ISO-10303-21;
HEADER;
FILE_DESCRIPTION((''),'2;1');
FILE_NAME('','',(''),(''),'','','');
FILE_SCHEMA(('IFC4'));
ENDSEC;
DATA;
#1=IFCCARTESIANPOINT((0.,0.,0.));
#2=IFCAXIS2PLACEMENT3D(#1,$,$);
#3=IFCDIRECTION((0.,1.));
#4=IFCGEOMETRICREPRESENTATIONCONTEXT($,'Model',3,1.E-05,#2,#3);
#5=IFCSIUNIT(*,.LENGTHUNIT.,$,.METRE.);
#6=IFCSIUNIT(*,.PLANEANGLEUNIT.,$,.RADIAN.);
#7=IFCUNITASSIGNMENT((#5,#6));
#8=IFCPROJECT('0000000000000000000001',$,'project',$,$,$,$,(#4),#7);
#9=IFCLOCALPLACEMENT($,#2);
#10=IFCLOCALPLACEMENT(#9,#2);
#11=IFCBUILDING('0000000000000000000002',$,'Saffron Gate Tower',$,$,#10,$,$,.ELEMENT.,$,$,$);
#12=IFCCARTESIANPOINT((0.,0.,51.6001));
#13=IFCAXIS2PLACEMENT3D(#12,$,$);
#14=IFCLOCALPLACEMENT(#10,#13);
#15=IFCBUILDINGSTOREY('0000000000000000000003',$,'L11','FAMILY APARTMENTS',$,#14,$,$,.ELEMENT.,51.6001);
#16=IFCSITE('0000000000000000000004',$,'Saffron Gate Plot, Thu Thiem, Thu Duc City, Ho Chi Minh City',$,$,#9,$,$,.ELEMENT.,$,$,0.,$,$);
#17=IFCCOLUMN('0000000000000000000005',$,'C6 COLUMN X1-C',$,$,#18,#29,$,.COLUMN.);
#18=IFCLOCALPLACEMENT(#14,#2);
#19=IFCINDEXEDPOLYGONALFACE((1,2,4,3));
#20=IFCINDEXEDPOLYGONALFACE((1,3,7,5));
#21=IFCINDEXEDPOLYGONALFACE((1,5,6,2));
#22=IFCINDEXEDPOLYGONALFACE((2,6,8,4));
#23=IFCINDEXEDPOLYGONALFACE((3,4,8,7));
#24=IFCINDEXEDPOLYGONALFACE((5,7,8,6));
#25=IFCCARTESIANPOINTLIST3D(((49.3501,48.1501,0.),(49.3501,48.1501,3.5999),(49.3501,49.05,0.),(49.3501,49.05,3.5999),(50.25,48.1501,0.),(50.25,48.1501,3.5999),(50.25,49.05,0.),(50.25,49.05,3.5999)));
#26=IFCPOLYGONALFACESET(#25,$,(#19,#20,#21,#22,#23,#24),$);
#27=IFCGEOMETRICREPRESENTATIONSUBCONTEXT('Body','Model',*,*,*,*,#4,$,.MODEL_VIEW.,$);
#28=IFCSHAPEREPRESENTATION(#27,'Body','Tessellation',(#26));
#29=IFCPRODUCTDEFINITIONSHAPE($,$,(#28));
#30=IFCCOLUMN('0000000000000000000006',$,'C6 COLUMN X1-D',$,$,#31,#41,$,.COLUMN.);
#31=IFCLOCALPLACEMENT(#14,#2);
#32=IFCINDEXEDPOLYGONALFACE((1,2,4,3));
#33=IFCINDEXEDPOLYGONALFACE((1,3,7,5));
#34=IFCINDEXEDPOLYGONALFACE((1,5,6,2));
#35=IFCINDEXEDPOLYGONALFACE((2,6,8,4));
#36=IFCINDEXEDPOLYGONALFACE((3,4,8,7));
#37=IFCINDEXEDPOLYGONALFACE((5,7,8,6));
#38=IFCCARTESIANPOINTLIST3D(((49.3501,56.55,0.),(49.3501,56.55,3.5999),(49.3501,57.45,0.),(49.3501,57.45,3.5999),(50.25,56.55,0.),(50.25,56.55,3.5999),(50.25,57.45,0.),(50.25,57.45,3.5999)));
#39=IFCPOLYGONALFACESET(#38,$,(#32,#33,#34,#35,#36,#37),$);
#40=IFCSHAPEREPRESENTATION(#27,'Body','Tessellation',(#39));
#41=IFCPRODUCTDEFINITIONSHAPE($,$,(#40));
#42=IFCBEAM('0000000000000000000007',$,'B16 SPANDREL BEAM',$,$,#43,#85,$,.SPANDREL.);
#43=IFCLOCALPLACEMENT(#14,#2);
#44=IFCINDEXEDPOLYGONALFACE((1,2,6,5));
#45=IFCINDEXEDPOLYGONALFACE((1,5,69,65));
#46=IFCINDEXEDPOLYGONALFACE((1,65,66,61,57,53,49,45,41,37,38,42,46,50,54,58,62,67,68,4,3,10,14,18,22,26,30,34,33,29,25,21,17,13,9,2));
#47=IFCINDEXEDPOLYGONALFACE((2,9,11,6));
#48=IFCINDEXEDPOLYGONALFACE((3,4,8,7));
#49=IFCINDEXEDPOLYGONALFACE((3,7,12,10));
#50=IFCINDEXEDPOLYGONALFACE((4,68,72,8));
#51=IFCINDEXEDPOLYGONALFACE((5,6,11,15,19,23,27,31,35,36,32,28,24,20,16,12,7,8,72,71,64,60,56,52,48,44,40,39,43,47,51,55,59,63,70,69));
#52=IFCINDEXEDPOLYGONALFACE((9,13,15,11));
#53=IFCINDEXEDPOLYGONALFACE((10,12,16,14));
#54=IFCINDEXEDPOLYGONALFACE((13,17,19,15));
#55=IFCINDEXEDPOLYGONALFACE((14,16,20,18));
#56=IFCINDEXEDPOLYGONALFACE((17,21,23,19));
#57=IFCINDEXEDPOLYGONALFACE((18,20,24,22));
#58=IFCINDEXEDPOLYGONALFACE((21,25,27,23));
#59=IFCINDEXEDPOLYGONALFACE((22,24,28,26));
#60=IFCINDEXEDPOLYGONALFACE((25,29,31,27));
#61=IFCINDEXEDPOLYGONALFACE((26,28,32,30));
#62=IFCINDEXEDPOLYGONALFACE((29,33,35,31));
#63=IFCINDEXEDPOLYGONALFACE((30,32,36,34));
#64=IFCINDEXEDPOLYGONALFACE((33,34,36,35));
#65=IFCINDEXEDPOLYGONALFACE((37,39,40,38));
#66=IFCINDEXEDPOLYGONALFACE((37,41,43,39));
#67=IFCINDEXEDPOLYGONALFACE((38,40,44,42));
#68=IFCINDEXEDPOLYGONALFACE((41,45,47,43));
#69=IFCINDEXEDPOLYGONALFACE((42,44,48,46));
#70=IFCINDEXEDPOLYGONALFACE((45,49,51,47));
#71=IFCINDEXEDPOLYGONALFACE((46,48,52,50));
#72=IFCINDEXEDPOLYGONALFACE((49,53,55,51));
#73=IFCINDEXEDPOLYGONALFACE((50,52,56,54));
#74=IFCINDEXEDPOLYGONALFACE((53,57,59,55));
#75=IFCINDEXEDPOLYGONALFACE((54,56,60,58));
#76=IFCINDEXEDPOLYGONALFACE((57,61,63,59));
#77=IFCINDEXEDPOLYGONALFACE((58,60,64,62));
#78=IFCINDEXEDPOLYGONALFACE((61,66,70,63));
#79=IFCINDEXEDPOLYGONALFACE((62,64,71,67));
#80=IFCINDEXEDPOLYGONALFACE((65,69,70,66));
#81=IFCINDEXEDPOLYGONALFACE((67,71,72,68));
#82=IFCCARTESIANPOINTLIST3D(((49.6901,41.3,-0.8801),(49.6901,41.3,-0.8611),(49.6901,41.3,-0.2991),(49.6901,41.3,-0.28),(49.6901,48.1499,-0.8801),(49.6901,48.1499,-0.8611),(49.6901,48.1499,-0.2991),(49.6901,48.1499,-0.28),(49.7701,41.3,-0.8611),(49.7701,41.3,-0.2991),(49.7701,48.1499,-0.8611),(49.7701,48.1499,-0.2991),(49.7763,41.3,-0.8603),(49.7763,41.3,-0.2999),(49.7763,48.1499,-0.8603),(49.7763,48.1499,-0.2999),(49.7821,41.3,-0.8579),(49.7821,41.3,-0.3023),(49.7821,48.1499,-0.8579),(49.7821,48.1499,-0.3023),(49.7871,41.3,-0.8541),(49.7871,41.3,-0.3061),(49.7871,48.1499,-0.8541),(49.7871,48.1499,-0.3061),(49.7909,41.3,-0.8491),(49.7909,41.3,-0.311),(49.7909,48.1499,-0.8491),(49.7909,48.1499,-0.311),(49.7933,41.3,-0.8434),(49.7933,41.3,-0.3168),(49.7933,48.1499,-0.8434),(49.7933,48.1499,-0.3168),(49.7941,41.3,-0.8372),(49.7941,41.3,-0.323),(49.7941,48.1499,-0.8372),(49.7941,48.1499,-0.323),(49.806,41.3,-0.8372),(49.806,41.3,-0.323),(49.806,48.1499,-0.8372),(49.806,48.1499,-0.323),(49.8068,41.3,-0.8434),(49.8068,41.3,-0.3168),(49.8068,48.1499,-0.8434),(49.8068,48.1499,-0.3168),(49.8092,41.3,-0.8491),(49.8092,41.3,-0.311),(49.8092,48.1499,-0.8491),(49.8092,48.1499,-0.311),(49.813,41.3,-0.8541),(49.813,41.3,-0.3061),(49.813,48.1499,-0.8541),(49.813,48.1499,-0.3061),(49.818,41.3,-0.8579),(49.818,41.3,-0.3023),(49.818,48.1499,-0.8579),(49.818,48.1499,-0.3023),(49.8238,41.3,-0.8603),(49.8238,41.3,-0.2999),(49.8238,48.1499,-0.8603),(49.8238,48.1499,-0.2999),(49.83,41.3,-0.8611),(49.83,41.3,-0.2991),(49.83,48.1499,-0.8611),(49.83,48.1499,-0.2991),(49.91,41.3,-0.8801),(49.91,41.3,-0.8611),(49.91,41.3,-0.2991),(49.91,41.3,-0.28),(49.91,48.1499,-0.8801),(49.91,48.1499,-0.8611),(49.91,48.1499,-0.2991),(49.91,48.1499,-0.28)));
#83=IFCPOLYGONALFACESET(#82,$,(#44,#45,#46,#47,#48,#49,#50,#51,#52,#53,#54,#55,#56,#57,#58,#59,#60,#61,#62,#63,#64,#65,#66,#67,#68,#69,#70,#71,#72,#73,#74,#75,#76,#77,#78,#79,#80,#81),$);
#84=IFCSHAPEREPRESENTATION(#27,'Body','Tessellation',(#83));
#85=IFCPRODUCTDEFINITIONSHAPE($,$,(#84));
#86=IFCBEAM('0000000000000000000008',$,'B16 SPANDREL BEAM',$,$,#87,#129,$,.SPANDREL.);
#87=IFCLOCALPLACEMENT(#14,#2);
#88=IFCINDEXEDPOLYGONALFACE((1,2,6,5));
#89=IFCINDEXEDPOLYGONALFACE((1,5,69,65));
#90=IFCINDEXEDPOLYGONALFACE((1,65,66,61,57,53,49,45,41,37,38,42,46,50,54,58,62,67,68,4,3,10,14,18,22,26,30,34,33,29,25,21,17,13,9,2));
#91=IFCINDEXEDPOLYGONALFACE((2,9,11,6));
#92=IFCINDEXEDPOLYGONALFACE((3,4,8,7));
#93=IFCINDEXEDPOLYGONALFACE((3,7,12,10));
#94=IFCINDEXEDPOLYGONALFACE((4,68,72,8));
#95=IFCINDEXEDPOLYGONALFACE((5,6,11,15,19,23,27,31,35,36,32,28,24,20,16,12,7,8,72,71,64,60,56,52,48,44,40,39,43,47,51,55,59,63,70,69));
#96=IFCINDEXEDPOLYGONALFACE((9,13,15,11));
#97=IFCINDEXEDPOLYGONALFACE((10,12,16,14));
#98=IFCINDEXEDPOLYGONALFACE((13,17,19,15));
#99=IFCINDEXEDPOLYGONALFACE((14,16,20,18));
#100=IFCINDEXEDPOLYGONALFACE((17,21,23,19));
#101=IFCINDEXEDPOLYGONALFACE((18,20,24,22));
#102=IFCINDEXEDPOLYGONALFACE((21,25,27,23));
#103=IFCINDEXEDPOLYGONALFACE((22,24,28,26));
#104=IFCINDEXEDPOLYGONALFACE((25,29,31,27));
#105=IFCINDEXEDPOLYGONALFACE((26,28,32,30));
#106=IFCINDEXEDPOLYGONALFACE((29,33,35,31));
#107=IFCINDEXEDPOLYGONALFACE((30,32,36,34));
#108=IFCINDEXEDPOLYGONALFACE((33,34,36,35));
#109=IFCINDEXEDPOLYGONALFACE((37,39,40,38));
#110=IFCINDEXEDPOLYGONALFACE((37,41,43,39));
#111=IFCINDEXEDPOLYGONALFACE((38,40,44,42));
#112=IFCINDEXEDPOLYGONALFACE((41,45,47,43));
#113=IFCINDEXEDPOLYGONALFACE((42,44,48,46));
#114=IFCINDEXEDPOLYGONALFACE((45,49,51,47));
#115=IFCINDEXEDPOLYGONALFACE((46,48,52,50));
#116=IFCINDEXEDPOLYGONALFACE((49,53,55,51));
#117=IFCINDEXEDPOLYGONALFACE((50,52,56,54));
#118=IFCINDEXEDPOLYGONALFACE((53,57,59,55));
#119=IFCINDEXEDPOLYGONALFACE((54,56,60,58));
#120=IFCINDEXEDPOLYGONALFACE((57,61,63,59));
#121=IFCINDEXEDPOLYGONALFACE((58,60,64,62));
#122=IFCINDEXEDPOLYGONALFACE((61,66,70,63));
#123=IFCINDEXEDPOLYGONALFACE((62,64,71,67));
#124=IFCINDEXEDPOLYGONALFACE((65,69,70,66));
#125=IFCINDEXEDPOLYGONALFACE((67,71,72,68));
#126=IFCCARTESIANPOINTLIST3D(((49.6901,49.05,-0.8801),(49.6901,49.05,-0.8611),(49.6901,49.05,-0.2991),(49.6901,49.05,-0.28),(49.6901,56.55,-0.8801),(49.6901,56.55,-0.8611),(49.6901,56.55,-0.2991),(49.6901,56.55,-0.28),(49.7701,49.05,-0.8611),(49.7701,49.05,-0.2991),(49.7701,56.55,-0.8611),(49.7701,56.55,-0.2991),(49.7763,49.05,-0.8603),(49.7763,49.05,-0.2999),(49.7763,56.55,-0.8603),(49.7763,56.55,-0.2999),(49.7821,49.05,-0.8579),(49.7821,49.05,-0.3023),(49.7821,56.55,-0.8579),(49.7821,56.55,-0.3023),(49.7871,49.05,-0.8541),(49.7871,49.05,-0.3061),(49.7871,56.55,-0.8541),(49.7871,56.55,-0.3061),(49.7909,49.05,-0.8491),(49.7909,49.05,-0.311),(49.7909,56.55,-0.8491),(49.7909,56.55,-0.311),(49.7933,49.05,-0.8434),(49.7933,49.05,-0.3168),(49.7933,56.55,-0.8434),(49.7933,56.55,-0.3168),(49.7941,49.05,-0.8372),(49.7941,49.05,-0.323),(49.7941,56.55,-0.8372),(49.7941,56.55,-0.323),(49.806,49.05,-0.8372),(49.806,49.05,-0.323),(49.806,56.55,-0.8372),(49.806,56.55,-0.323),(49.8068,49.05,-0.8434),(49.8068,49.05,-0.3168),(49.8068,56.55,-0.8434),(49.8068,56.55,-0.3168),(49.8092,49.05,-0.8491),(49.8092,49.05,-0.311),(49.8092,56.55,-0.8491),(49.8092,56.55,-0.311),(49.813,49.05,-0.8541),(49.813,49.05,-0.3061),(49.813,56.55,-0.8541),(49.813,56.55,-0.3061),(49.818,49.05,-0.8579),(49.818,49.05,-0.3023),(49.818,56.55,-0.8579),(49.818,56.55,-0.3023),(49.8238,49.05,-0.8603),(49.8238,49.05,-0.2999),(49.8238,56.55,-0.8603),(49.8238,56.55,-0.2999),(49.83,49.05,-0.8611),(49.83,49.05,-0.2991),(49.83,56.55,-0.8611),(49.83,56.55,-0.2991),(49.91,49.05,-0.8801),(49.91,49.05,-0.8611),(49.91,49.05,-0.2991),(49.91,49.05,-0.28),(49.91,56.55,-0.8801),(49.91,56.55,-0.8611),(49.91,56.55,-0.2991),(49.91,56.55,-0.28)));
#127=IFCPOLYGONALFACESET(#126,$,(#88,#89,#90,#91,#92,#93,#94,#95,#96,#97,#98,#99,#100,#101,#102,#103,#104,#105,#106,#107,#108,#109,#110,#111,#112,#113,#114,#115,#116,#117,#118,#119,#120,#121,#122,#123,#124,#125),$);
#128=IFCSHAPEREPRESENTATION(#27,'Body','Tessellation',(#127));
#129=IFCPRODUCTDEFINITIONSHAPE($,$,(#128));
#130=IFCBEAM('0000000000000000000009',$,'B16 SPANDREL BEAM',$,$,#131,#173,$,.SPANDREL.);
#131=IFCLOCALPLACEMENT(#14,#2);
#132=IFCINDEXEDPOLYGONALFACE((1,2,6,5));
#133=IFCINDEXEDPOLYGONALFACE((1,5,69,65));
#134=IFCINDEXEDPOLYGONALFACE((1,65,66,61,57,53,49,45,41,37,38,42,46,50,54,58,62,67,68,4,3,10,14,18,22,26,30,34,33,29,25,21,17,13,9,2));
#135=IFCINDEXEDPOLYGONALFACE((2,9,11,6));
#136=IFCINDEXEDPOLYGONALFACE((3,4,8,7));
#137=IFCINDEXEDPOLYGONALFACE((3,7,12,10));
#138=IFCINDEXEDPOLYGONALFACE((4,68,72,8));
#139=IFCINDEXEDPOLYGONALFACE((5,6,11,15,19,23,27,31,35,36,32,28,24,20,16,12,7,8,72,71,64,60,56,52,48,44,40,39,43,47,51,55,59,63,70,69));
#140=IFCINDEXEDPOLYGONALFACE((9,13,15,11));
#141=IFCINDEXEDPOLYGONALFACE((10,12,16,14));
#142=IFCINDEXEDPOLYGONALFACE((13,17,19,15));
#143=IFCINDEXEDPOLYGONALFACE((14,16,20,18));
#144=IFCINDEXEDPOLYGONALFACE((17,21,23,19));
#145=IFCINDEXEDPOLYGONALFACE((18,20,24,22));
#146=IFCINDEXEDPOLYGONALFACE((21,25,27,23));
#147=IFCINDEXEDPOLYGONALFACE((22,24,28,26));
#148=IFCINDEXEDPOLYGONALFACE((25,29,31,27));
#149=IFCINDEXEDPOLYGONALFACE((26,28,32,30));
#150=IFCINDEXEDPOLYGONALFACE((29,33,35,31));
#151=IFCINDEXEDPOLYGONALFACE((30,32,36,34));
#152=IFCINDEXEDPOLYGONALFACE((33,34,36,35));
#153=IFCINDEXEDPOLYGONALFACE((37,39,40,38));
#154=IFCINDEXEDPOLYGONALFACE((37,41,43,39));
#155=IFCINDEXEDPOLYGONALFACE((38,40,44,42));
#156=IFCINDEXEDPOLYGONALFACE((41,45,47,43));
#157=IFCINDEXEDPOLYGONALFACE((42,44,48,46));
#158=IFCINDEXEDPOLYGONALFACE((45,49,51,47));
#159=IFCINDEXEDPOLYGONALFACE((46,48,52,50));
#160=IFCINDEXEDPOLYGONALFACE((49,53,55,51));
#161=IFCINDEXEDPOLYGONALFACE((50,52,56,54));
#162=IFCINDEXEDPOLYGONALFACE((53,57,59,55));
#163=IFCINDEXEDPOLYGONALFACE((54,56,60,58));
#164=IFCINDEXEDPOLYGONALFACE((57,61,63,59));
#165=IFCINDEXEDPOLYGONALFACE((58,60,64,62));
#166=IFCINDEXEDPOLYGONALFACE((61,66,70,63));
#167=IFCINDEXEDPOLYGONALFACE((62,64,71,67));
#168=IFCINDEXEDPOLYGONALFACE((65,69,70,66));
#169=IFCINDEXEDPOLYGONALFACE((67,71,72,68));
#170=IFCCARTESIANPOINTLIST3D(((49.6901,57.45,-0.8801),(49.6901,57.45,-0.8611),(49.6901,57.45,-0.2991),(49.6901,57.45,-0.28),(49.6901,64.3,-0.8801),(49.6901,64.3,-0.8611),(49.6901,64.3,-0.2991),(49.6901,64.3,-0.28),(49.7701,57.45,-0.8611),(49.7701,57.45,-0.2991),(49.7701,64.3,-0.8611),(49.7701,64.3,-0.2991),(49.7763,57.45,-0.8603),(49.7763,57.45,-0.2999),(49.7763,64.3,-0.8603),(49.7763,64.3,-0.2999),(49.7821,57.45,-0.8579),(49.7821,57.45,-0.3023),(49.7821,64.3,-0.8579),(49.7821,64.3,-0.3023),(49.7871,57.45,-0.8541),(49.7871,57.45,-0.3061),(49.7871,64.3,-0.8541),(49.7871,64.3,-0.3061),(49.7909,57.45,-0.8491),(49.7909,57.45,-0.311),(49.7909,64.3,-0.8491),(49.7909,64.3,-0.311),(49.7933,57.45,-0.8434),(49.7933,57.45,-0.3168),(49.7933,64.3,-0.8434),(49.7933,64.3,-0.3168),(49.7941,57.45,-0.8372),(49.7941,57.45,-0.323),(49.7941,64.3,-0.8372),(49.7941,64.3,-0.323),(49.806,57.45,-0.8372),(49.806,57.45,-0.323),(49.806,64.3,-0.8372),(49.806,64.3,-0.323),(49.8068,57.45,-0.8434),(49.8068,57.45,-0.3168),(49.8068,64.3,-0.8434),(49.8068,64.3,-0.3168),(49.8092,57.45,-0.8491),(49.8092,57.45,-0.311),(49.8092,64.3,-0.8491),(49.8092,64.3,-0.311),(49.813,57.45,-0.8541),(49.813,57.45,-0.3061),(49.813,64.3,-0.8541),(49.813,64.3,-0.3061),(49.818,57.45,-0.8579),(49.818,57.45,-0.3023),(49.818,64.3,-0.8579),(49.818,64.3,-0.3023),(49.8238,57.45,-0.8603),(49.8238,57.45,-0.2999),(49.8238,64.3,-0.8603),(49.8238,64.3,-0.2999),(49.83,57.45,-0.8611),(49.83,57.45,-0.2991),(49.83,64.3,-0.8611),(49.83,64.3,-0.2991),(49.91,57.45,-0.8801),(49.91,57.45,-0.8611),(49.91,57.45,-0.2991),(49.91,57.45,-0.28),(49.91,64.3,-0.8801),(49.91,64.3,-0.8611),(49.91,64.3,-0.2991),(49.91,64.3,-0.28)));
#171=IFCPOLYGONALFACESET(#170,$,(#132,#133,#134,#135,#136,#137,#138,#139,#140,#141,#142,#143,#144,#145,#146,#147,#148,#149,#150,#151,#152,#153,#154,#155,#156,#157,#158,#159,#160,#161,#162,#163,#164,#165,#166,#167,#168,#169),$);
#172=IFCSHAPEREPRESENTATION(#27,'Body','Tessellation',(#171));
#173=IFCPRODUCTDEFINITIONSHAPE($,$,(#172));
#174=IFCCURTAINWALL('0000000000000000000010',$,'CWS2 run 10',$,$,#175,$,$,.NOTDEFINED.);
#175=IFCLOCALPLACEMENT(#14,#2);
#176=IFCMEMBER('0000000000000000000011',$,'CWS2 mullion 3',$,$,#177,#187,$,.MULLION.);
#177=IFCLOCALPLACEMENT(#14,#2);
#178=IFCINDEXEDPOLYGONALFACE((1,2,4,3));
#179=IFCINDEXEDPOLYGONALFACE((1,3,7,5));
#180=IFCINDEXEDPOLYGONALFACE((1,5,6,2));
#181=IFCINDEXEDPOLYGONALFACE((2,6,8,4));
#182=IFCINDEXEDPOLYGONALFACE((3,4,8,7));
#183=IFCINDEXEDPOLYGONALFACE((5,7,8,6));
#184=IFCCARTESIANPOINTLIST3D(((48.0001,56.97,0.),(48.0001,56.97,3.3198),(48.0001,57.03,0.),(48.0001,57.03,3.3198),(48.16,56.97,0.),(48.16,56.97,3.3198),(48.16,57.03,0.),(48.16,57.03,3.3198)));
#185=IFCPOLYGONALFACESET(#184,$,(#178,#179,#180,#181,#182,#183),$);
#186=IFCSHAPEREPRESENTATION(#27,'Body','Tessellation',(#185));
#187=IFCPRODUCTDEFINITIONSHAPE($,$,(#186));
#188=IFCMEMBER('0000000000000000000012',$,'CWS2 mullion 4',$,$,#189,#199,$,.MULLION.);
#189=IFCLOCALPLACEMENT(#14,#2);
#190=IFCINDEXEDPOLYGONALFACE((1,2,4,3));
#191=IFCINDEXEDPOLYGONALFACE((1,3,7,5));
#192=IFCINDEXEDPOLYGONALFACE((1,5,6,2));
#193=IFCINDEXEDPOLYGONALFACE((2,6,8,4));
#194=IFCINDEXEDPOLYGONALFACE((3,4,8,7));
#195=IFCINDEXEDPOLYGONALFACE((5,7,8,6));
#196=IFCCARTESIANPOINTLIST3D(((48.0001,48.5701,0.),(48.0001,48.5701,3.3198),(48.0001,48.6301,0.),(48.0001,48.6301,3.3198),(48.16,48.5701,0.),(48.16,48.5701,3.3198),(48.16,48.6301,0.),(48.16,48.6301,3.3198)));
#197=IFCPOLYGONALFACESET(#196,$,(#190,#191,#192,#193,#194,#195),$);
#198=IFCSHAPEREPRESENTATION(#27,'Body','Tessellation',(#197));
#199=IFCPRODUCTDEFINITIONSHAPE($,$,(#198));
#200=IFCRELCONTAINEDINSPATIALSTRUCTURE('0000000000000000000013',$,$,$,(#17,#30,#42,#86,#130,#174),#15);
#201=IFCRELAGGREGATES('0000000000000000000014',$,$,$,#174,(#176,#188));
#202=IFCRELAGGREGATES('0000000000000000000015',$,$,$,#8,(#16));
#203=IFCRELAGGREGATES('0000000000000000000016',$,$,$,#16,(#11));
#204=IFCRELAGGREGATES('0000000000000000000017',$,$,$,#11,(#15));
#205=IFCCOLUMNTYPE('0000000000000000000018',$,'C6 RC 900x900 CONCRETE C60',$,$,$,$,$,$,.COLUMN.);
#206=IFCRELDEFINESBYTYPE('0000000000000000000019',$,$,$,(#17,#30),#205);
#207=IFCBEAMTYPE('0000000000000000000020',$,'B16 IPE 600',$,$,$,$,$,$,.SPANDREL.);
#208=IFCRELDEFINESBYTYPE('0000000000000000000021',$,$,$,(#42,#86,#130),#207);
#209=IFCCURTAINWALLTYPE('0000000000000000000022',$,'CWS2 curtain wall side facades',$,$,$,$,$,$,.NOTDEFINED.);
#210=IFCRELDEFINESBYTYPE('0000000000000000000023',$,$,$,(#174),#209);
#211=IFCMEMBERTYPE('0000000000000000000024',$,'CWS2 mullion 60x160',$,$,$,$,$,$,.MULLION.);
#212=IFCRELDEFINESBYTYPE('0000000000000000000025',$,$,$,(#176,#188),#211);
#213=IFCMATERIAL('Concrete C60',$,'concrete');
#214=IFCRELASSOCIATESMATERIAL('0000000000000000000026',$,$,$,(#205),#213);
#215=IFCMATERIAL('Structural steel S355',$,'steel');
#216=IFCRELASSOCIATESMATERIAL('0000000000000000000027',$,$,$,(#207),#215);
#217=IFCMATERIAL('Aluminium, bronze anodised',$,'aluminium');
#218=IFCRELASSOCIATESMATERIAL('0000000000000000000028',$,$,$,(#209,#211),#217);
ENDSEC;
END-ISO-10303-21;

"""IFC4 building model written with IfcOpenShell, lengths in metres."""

from ifc_helpers import new_model, si_unit, direction, frame, origin, origin_2d, place, context, subcontext, project, spatial, rectangle, i_section, extrude, material, material_profile, profile_set, type_object, element, aggregate, save


model = new_model("IFC4")

# Units and contexts
model_context = context("Model", 3, precision=1e-05, world=origin(), true_north=direction((0.0, 1.0)))
body_context = subcontext(model_context, "Body", "Model", "MODEL_VIEW")
ifc_project = project(units=[si_unit("LENGTHUNIT", "METRE"), si_unit("PLANEANGLEUNIT", "RADIAN")], contexts=[model_context])

# Site, building, storey
site_placement = place(None, origin())
site = spatial("IfcSite", under=ifc_project, at=site_placement, Name="Saffron Gate Plot, Thu Thiem, Thu Duc City, Ho Chi Minh City", CompositionType="ELEMENT", RefElevation=0.0)
building_placement = place(site_placement, origin())
building = spatial("IfcBuilding", under=site, at=building_placement, Name="Saffron Gate Tower", CompositionType="ELEMENT")
storey_placement = place(building_placement, frame((0.0, 0.0, 51.6001)))
storey = spatial("IfcBuildingStorey", under=building, at=storey_placement, Name="L11", Description="FAMILY APARTMENTS", CompositionType="ELEMENT", Elevation=51.6001)

# Columns
ifc_material_1 = material(Name="Concrete C60", Category="concrete")
ifc_material_profile_1 = material_profile(ifc_material_1, rectangle(XDim=0.8999, YDim=0.8999, at=origin_2d()))
ifc_profile_set_1 = profile_set([ifc_material_profile_1], Name="Concrete C60")
column_type = type_object("IfcColumnType", Name="C6 RC 900x900 CONCRETE C60", PredefinedType="COLUMN", material=ifc_profile_set_1)
for number, where, z_axis, x_axis, name in (
    (1, (49.8, 48.6001, 0.0), (0.0, 0.0, 1.0), (1.0, 0.0, 0.0), "C6 COLUMN X1-C"),
    (2, (49.8, 57.0, 0.0), (0.0, 0.0, 1.0), (1.0, 0.0, 0.0), "C6 COLUMN X1-D"),
):
    element("IfcColumn", number, at=place(storey_placement, frame(where, z_axis=z_axis, x_axis=x_axis)), inside=storey, type_object=column_type, Name=name, PredefinedType="COLUMN", context=body_context, shape_type="SweptSolid", body=[
        extrude(rectangle(XDim=0.8999, YDim=0.8999, at=origin_2d()), origin(), (0.0, 0.0, 1.0), 3.5999),
    ])

# Beams
ifc_material_2 = material(Name="Structural steel S355", Category="steel")
ifc_material_profile_2 = material_profile(ifc_material_2, i_section(OverallWidth=0.22, OverallDepth=0.6001, WebThickness=0.012, FlangeThickness=0.019, FilletRadius=0.0239, at=origin_2d()))
ifc_profile_set_2 = profile_set([ifc_material_profile_2], Name="Structural steel S355")
beam_type = type_object("IfcBeamType", Name="B16 IPE 600", PredefinedType="SPANDREL", material=ifc_profile_set_2)
beam_1_placement = place(storey_placement, frame((49.8, 41.3, -0.5801), z_axis=(0.0, 1.0, 0.0), x_axis=(-1.0, 0.0, 0.0)))
element("IfcBeam", 3, at=beam_1_placement, inside=storey, type_object=beam_type, Name="B16 SPANDREL BEAM", PredefinedType="SPANDREL", context=body_context, shape_type="SweptSolid", body=[
    extrude(i_section(OverallWidth=0.22, OverallDepth=0.6001, WebThickness=0.012, FlangeThickness=0.019, FilletRadius=0.0239, at=origin_2d()), origin(), (0.0, 0.0, 1.0), 6.8499),
])
beam_2_placement = place(storey_placement, frame((49.8, 49.05, -0.5801), z_axis=(0.0, 1.0, 0.0), x_axis=(-1.0, 0.0, 0.0)))
element("IfcBeam", 4, at=beam_2_placement, inside=storey, type_object=beam_type, Name="B16 SPANDREL BEAM", PredefinedType="SPANDREL", context=body_context, shape_type="SweptSolid", body=[
    extrude(i_section(OverallWidth=0.22, OverallDepth=0.6001, WebThickness=0.012, FlangeThickness=0.019, FilletRadius=0.0239, at=origin_2d()), origin(), (0.0, 0.0, 1.0), 7.5),
])
beam_3_placement = place(storey_placement, frame((49.8, 57.45, -0.5801), z_axis=(0.0, 1.0, 0.0), x_axis=(-1.0, 0.0, 0.0)))
element("IfcBeam", 5, at=beam_3_placement, inside=storey, type_object=beam_type, Name="B16 SPANDREL BEAM", PredefinedType="SPANDREL", context=body_context, shape_type="SweptSolid", body=[
    extrude(i_section(OverallWidth=0.22, OverallDepth=0.6001, WebThickness=0.012, FlangeThickness=0.019, FilletRadius=0.0239, at=origin_2d()), origin(), (0.0, 0.0, 1.0), 6.8501),
])

# Curtain wall, members
ifc_material_3 = material(Name="Aluminium, bronze anodised", Category="aluminium")
curtain_wall_type = type_object("IfcCurtainWallType", Name="CWS2 curtain wall side facades", PredefinedType="NOTDEFINED", material=ifc_material_3)
curtain_wall_placement = place(storey_placement, origin())
curtain_wall = element("IfcCurtainWall", 6, at=curtain_wall_placement, inside=storey, type_object=curtain_wall_type, Name="CWS2 run 10", PredefinedType="NOTDEFINED")
ifc_material_profile_3 = material_profile(ifc_material_3, rectangle(XDim=0.1599, YDim=0.0601, at=origin_2d()))
ifc_profile_set_3 = profile_set([ifc_material_profile_3], Name="Aluminium, bronze anodised")
member_type = type_object("IfcMemberType", Name="CWS2 mullion 60x160", PredefinedType="MULLION", material=ifc_profile_set_3)
member_1_placement = place(storey_placement, frame((48.0801, 57.0, 0.0), z_axis=(0.0, 0.0, 1.0), x_axis=(1.0, 0.0, 0.0)))
member_1 = element("IfcMember", 7, at=member_1_placement, type_object=member_type, Name="CWS2 mullion 3", PredefinedType="MULLION", context=body_context, shape_type="SweptSolid", body=[
    extrude(rectangle(XDim=0.1599, YDim=0.0601, at=origin_2d()), origin(), (0.0, 0.0, 1.0), 3.3198),
])
member_2_placement = place(storey_placement, frame((48.0801, 48.6001, 0.0), z_axis=(0.0, 0.0, 1.0), x_axis=(1.0, 0.0, 0.0)))
member_2 = element("IfcMember", 8, at=member_2_placement, type_object=member_type, Name="CWS2 mullion 4", PredefinedType="MULLION", context=body_context, shape_type="SweptSolid", body=[
    extrude(rectangle(XDim=0.1599, YDim=0.0601, at=origin_2d()), origin(), (0.0, 0.0, 1.0), 3.3198),
])
aggregate(curtain_wall, [member_1, member_2])

save(model, "model.ifc")
